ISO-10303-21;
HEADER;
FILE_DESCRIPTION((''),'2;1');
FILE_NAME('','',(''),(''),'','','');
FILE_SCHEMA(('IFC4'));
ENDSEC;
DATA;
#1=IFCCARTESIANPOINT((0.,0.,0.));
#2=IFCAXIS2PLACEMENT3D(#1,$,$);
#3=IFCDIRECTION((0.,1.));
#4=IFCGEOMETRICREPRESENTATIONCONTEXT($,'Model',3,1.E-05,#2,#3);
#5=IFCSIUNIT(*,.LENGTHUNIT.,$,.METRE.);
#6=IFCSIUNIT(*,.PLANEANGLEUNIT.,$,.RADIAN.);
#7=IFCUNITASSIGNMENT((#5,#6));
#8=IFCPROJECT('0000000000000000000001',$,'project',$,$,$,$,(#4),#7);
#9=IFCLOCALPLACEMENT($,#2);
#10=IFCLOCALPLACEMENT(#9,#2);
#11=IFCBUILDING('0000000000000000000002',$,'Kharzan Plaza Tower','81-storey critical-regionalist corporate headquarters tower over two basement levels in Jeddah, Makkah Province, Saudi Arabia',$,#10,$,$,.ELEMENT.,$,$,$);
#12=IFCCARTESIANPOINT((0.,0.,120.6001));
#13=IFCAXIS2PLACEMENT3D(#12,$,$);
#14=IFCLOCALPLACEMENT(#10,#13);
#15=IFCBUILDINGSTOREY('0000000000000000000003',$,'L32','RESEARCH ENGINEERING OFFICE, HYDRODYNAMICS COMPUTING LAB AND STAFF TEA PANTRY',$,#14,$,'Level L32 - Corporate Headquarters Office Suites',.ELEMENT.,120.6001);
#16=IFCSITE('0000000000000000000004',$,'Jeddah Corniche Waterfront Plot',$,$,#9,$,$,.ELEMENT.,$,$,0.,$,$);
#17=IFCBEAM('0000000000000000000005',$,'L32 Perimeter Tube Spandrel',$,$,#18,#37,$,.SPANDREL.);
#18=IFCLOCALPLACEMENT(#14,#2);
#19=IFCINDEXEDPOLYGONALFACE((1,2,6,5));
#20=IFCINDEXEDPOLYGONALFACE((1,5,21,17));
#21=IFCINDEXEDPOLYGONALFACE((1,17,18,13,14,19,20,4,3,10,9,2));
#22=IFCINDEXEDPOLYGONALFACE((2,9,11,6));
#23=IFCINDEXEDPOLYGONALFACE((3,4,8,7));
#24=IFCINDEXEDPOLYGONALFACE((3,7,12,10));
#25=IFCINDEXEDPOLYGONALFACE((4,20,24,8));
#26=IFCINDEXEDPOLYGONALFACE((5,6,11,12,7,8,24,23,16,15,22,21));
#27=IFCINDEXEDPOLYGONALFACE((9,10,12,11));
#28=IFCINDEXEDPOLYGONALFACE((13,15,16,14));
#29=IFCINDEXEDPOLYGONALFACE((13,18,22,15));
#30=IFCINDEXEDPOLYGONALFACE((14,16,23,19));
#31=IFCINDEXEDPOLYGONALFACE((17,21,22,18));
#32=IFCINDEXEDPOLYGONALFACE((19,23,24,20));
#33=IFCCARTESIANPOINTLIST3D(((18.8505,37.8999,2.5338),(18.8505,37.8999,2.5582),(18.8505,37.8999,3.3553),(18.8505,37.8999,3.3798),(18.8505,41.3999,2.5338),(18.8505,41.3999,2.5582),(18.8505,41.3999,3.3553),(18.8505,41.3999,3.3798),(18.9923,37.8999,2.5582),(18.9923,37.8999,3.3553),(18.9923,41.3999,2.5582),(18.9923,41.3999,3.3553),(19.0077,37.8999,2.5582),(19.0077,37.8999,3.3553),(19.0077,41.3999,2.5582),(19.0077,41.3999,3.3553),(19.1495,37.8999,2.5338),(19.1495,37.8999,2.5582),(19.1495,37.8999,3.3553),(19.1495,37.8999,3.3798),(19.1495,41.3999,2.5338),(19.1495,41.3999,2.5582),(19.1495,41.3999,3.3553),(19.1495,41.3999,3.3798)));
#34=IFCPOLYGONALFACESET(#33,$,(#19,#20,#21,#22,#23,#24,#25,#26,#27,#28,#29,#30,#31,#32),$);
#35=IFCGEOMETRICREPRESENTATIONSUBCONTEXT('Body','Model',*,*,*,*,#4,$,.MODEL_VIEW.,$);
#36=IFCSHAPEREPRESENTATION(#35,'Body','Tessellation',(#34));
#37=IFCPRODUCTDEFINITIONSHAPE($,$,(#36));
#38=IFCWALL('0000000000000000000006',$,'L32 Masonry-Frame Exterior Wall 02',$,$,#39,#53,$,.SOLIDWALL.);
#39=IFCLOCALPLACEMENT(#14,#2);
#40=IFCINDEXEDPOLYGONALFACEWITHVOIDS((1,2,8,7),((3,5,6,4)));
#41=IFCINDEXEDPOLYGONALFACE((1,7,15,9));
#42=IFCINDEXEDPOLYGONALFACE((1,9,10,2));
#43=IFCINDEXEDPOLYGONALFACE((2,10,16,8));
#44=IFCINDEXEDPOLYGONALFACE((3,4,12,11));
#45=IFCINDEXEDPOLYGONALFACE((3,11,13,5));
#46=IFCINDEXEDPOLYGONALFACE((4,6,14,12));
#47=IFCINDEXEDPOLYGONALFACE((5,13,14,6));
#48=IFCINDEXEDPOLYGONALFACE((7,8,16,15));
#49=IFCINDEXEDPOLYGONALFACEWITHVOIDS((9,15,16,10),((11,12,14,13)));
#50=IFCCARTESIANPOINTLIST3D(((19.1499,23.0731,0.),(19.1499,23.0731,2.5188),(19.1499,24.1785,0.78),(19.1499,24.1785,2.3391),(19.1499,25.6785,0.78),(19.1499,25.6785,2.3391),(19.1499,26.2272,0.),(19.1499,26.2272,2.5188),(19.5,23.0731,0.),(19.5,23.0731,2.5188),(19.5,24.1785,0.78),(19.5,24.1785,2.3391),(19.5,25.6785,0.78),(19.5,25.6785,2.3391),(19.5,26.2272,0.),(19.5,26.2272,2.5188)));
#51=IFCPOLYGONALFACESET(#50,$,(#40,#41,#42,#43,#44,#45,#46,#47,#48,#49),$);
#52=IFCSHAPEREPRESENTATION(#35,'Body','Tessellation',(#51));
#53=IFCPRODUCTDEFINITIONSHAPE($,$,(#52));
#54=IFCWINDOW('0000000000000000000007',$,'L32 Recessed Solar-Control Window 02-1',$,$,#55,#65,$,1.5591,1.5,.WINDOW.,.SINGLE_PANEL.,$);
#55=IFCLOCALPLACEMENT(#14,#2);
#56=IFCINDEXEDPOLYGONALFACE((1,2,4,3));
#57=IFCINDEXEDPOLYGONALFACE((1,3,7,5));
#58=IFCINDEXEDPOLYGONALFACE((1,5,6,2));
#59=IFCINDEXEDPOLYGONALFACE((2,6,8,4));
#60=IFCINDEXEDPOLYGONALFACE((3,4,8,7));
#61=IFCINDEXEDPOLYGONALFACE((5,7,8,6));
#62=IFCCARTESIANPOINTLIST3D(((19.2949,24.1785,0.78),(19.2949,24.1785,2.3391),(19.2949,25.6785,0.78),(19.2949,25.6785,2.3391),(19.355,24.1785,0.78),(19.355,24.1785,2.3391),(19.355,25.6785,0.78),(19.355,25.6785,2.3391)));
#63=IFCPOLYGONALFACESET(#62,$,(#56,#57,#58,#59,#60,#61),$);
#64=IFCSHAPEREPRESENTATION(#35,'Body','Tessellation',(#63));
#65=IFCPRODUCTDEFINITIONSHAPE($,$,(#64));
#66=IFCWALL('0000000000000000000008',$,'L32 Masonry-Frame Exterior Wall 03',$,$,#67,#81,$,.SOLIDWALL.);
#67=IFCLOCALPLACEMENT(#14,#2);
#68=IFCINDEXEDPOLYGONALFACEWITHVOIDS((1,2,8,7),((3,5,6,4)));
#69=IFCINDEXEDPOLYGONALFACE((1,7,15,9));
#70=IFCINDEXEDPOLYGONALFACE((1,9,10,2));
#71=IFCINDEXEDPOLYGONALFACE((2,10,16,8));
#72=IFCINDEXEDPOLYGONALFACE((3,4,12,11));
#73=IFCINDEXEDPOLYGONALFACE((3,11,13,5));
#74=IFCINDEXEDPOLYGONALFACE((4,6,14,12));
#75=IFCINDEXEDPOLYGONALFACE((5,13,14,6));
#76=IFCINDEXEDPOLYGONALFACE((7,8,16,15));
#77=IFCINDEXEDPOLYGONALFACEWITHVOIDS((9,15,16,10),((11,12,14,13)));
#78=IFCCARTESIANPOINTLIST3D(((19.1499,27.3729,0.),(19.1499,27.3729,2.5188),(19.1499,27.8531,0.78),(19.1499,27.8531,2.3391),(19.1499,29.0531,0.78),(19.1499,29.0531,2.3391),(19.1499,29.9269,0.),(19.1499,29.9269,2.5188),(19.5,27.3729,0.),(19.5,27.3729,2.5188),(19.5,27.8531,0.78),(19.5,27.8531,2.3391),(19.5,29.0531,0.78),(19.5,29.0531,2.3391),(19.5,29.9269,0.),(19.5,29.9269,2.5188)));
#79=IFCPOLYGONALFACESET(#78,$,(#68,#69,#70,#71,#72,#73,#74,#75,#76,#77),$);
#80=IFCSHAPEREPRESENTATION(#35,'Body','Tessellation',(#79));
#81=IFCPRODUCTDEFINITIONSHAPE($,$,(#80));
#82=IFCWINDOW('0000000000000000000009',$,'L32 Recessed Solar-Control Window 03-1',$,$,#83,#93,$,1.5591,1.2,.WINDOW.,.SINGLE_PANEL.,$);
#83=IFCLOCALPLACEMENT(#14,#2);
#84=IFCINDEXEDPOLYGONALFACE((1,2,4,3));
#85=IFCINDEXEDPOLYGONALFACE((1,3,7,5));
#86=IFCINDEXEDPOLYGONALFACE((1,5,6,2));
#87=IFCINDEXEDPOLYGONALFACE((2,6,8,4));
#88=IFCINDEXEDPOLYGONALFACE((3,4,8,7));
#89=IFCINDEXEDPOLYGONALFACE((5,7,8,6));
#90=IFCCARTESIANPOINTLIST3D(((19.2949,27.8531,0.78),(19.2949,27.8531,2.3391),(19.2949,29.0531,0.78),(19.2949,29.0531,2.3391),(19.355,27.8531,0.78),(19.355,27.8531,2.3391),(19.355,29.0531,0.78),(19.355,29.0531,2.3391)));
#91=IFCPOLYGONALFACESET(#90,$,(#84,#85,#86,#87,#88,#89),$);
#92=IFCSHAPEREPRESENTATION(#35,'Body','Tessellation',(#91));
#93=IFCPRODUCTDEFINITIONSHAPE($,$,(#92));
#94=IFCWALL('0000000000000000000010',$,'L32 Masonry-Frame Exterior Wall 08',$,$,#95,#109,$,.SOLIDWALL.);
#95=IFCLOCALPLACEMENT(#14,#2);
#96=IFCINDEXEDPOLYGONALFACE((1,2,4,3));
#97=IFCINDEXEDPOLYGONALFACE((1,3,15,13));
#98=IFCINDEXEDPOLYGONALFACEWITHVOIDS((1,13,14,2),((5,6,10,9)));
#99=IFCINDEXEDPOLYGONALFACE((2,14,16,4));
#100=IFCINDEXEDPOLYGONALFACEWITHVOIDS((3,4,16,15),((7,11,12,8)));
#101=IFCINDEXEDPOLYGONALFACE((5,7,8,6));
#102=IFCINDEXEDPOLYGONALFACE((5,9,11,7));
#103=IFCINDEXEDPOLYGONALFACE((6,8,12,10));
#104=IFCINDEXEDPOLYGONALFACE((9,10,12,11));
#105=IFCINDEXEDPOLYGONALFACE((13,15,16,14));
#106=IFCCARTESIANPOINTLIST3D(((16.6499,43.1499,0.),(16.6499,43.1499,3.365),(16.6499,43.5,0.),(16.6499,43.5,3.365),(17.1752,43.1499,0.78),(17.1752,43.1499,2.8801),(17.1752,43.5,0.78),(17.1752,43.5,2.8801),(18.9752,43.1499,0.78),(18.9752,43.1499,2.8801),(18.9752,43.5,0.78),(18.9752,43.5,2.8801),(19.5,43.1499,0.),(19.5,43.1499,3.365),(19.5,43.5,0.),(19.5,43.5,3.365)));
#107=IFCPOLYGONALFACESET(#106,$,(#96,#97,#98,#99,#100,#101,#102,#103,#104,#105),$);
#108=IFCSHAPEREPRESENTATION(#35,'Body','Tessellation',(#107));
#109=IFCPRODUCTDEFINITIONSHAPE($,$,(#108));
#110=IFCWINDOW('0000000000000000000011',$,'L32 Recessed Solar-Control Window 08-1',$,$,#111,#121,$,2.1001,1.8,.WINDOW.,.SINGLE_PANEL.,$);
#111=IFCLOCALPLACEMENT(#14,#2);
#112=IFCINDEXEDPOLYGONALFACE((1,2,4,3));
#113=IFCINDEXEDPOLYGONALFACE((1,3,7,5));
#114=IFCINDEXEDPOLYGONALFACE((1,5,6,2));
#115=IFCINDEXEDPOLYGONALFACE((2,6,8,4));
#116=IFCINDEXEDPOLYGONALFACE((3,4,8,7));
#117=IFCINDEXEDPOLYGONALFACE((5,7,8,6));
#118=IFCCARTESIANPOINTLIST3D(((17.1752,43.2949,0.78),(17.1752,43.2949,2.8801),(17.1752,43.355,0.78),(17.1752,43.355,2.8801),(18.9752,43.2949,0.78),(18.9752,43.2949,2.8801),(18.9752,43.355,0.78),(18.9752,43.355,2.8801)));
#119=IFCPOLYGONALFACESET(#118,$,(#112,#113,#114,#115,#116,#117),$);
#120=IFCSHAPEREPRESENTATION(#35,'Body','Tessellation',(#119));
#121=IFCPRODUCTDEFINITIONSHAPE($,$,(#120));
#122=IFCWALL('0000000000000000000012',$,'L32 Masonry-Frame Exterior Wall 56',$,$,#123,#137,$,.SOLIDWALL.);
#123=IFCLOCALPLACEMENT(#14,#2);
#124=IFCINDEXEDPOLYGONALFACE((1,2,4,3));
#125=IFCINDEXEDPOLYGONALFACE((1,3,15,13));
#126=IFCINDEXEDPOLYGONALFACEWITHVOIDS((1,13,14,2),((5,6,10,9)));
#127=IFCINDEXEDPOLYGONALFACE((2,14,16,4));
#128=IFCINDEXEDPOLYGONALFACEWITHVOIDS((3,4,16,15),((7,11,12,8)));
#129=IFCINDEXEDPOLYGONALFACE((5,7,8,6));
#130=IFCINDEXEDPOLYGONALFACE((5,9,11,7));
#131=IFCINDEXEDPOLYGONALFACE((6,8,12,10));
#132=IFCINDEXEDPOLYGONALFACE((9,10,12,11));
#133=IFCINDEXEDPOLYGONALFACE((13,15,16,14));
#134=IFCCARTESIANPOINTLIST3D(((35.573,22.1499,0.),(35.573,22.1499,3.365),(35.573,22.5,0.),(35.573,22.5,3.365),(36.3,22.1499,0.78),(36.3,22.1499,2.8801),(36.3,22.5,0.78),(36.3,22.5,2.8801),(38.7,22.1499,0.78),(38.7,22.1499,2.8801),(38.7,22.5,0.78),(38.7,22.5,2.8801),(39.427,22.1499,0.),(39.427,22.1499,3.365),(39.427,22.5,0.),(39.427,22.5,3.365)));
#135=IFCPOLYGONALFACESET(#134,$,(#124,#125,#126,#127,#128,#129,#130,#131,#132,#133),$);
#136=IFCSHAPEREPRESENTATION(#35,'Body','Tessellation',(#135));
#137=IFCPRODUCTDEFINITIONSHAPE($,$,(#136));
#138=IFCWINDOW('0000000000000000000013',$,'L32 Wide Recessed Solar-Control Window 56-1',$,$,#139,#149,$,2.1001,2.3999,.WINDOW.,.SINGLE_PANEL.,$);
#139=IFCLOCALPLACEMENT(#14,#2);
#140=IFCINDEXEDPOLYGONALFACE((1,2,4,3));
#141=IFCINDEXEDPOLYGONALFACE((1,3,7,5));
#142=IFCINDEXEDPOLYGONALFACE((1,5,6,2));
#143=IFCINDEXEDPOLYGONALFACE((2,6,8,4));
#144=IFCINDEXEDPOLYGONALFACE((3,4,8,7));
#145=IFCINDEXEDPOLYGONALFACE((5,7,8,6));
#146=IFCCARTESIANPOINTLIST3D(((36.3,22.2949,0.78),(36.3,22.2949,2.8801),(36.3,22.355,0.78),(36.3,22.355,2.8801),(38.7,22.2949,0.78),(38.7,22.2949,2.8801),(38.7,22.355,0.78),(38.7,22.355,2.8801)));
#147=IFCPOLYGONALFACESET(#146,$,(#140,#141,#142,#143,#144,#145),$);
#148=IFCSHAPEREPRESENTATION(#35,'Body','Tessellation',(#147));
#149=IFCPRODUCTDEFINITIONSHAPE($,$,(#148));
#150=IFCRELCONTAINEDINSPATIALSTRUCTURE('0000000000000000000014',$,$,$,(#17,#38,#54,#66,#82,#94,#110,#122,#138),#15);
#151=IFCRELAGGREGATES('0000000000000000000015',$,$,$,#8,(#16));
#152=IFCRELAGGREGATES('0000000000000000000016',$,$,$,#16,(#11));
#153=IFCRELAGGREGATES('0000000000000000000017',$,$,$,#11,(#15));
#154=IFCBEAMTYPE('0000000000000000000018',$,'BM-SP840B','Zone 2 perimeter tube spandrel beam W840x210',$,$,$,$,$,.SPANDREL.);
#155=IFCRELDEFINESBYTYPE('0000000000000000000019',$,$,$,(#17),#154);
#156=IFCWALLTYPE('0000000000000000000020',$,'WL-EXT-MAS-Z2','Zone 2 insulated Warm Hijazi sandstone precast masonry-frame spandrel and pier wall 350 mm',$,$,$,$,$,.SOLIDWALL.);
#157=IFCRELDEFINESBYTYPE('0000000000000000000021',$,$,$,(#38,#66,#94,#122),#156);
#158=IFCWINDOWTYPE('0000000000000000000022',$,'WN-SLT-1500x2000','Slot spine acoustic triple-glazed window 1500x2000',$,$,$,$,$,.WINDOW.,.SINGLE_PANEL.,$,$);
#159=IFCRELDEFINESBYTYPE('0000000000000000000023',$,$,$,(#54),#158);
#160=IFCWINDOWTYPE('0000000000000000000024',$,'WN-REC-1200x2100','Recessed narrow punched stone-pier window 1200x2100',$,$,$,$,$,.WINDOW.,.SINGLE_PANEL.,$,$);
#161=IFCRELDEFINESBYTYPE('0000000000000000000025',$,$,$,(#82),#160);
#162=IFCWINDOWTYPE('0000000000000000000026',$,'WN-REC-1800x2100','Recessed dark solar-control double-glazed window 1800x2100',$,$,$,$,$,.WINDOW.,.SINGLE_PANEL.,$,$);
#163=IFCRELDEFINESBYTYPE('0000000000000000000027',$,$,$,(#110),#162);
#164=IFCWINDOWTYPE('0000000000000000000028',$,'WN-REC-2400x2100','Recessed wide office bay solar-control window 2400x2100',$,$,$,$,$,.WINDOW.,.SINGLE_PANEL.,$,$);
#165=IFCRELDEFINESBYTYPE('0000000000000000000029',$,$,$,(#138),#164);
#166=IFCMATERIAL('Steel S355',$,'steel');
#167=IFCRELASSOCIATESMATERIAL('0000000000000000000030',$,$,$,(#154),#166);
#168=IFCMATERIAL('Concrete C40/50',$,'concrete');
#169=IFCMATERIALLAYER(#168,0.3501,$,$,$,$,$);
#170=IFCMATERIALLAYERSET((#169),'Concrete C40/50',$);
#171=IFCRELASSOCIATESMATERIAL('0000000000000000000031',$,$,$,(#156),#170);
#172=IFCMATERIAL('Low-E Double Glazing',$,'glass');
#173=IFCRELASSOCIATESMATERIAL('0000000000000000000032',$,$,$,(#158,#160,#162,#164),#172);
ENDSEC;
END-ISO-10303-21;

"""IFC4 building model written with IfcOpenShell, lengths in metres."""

from ifc_helpers import new_model, si_unit, direction, frame, frame_2d, origin, origin_2d, place, context, subcontext, project, spatial, rectangle, i_section, extrude, source, transform, mapped, material, layer, layer_set, material_profile, profile_set, type_object, element, fill, save


model = new_model("IFC4")

# Units and contexts
model_context = context("Model", 3, precision=1e-05, world=origin(), true_north=direction((0.0, 1.0)))
body_context = subcontext(model_context, "Body", "Model", "MODEL_VIEW")
ifc_project = project(units=[si_unit("LENGTHUNIT", "METRE"), si_unit("PLANEANGLEUNIT", "RADIAN")], contexts=[model_context])

# Site, building, storey
site_placement = place(None, origin())
site = spatial("IfcSite", under=ifc_project, at=site_placement, Name="Jeddah Corniche Waterfront Plot", CompositionType="ELEMENT", RefElevation=0.0)
building_placement = place(site_placement, origin())
building = spatial("IfcBuilding", under=site, at=building_placement, Name="Kharzan Plaza Tower", Description="81-storey critical-regionalist corporate headquarters tower over two basement levels in Jeddah, Makkah Province, Saudi Arabia", CompositionType="ELEMENT")
storey_placement = place(building_placement, frame((0.0, 0.0, 120.6001)))
storey = spatial("IfcBuildingStorey", under=building, at=storey_placement, Name="L32", Description="RESEARCH ENGINEERING OFFICE, HYDRODYNAMICS COMPUTING LAB AND STAFF TEA PANTRY", LongName="Level L32 - Corporate Headquarters Office Suites", CompositionType="ELEMENT", Elevation=120.6001)

# Beam
ifc_material_1 = material(Name="Steel S355", Category="steel")
ifc_material_profile_1 = material_profile(ifc_material_1, i_section(OverallWidth=0.2991, OverallDepth=0.8459, WebThickness=0.0154, FlangeThickness=0.0244, at=origin_2d()), Name="W840x210")
ifc_profile_set_1 = profile_set([ifc_material_profile_1], Name="Steel S355")
beam_type = type_object("IfcBeamType", Name="BM-SP840B", Description="Zone 2 perimeter tube spandrel beam W840x210", PredefinedType="SPANDREL", material=ifc_profile_set_1)
shared_shape_1 = source(origin(), body_context, "Body", "SweptSolid", [
    extrude(i_section(OverallWidth=0.2991, OverallDepth=0.8459, WebThickness=0.0154, FlangeThickness=0.0244, at=origin_2d()), origin(), (0.0, 0.0, 1.0), 3.5),
])
beam_1_placement = place(storey_placement, frame((19.0, 37.8999, 2.9568), z_axis=(0.0, 1.0, 0.0), x_axis=(-1.0, 0.0, 0.0)))
element("IfcBeam", 1, at=beam_1_placement, inside=storey, type_object=beam_type, Name="L32 Perimeter Tube Spandrel", PredefinedType="SPANDREL", context=body_context, shape_type="MappedRepresentation", body=[
    mapped(shared_shape_1, transform((0.0, 0.0, 0.0), x_axis=(1.0, 0.0, 0.0), y_axis=(0.0, 1.0, 0.0), z_axis=(0.0, 0.0, 1.0))),
])

# Walls, openings, windows
ifc_material_2 = material(Name="Concrete C40/50", Category="concrete")
ifc_layer_1 = layer(ifc_material_2, 0.3501)
ifc_layer_set_1 = layer_set([ifc_layer_1], Name="Concrete C40/50")
wall_type_1 = type_object("IfcWallType", Name="WL-EXT-MAS-Z2", Description="Zone 2 insulated Warm Hijazi sandstone precast masonry-frame spandrel and pier wall 350 mm", PredefinedType="SOLIDWALL", material=ifc_layer_set_1)
wall_1_placement = place(storey_placement, frame((19.325, 23.073, 0.0), z_axis=(0.0, 0.0, 1.0), x_axis=(0.0, 1.0, 0.0)))
wall_1 = element("IfcWall", 2, at=wall_1_placement, inside=storey, type_object=wall_type_1, Name="L32 Masonry-Frame Exterior Wall 02", PredefinedType="SOLIDWALL", context=body_context, shape_type="SweptSolid", body=[
    extrude(rectangle(XDim=3.1541, YDim=0.3501, at=frame_2d((1.5771, 0.0))), origin(), (0.0, 0.0, 1.0), 2.5188),
])
opening_1_placement = place(wall_1_placement, frame((1.1055, 0.0, 0.78)))
opening_1 = element("IfcOpeningElement", 3, at=opening_1_placement, cuts=wall_1, PredefinedType="OPENING", context=body_context, shape_type="SweptSolid", body=[
    extrude(rectangle(XDim=1.5, YDim=1.5591, at=frame_2d((0.75, 0.7795))), frame((0.0, 0.1851, 0.0), z_axis=(0.0, -1.0, 0.0), x_axis=(1.0, 0.0, 0.0)), (0.0, 0.0, 1.0), 0.3701),
])
ifc_material_3 = material(Name="Low-E Double Glazing", Category="glass")
window_type_1 = type_object("IfcWindowType", Name="WN-SLT-1500x2000", Description="Slot spine acoustic triple-glazed window 1500x2000", PartitioningType="SINGLE_PANEL", PredefinedType="WINDOW", material=ifc_material_3)
shared_shape_2 = source(origin(), body_context, "Body", "SweptSolid", [
    extrude(rectangle(XDim=1.5, YDim=1.5591, at=frame_2d((0.75, 0.7795))), frame((0.0, 0.03, 0.0), z_axis=(0.0, -1.0, 0.0), x_axis=(1.0, 0.0, 0.0)), (0.0, 0.0, 1.0), 0.0601),
])
window_1_placement = place(opening_1_placement, origin())
window_1 = element("IfcWindow", 4, at=window_1_placement, inside=storey, type_object=window_type_1, Name="L32 Recessed Solar-Control Window 02-1", OverallHeight=1.5591, OverallWidth=1.5, PartitioningType="SINGLE_PANEL", PredefinedType="WINDOW", context=body_context, shape_type="MappedRepresentation", body=[
    mapped(shared_shape_2, transform((0.0, 0.0, 0.0), x_axis=(1.0, 0.0, 0.0), y_axis=(0.0, 1.0, 0.0), z_axis=(0.0, 0.0, 1.0))),
])
fill(opening_1, window_1)
wall_2_placement = place(storey_placement, frame((19.325, 27.373, 0.0), z_axis=(0.0, 0.0, 1.0), x_axis=(0.0, 1.0, 0.0)))
wall_2 = element("IfcWall", 5, at=wall_2_placement, inside=storey, type_object=wall_type_1, Name="L32 Masonry-Frame Exterior Wall 03", PredefinedType="SOLIDWALL", context=body_context, shape_type="SweptSolid", body=[
    extrude(rectangle(XDim=2.554, YDim=0.3501, at=frame_2d((1.2769, 0.0))), origin(), (0.0, 0.0, 1.0), 2.5188),
])
opening_2_placement = place(wall_2_placement, frame((0.48, 0.0, 0.78)))
opening_2 = element("IfcOpeningElement", 6, at=opening_2_placement, cuts=wall_2, PredefinedType="OPENING", context=body_context, shape_type="SweptSolid", body=[
    extrude(rectangle(XDim=1.2, YDim=1.5591, at=frame_2d((0.6001, 0.7795))), frame((0.0, 0.1851, 0.0), z_axis=(0.0, -1.0, 0.0), x_axis=(1.0, 0.0, 0.0)), (0.0, 0.0, 1.0), 0.3701),
])
window_type_2 = type_object("IfcWindowType", Name="WN-REC-1200x2100", Description="Recessed narrow punched stone-pier window 1200x2100", PartitioningType="SINGLE_PANEL", PredefinedType="WINDOW", material=ifc_material_3)
shared_shape_3 = source(origin(), body_context, "Body", "SweptSolid", [
    extrude(rectangle(XDim=1.2, YDim=1.5591, at=frame_2d((0.6001, 0.7795))), frame((0.0, 0.03, 0.0), z_axis=(0.0, -1.0, 0.0), x_axis=(1.0, 0.0, 0.0)), (0.0, 0.0, 1.0), 0.0601),
])
window_2_placement = place(opening_2_placement, origin())
window_2 = element("IfcWindow", 7, at=window_2_placement, inside=storey, type_object=window_type_2, Name="L32 Recessed Solar-Control Window 03-1", OverallHeight=1.5591, OverallWidth=1.2, PartitioningType="SINGLE_PANEL", PredefinedType="WINDOW", context=body_context, shape_type="MappedRepresentation", body=[
    mapped(shared_shape_3, transform((0.0, 0.0, 0.0), x_axis=(1.0, 0.0, 0.0), y_axis=(0.0, 1.0, 0.0), z_axis=(0.0, 0.0, 1.0))),
])
fill(opening_2, window_2)
wall_3_placement = place(storey_placement, frame((19.5, 43.325, 0.0), z_axis=(0.0, 0.0, 1.0), x_axis=(-1.0, 0.0, 0.0)))
wall_3 = element("IfcWall", 8, at=wall_3_placement, inside=storey, type_object=wall_type_1, Name="L32 Masonry-Frame Exterior Wall 08", PredefinedType="SOLIDWALL", context=body_context, shape_type="SweptSolid", body=[
    extrude(rectangle(XDim=2.8501, YDim=0.3501, at=frame_2d((1.425, 0.0))), origin(), (0.0, 0.0, 1.0), 3.365),
])
opening_3_placement = place(wall_3_placement, frame((0.5249, 0.0, 0.78)))
opening_3 = element("IfcOpeningElement", 9, at=opening_3_placement, cuts=wall_3, PredefinedType="OPENING", context=body_context, shape_type="SweptSolid", body=[
    extrude(rectangle(XDim=1.8, YDim=2.1001, at=frame_2d((0.8999, 1.05))), frame((0.0, 0.1851, 0.0), z_axis=(0.0, -1.0, 0.0), x_axis=(1.0, 0.0, 0.0)), (0.0, 0.0, 1.0), 0.3701),
])
window_type_3 = type_object("IfcWindowType", Name="WN-REC-1800x2100", Description="Recessed dark solar-control double-glazed window 1800x2100", PartitioningType="SINGLE_PANEL", PredefinedType="WINDOW", material=ifc_material_3)
shared_shape_4 = source(origin(), body_context, "Body", "SweptSolid", [
    extrude(rectangle(XDim=1.8, YDim=2.1001, at=frame_2d((0.8999, 1.05))), frame((0.0, 0.03, 0.0), z_axis=(0.0, -1.0, 0.0), x_axis=(1.0, 0.0, 0.0)), (0.0, 0.0, 1.0), 0.0601),
])
window_3_placement = place(opening_3_placement, origin())
window_3 = element("IfcWindow", 10, at=window_3_placement, inside=storey, type_object=window_type_3, Name="L32 Recessed Solar-Control Window 08-1", OverallHeight=2.1001, OverallWidth=1.8, PartitioningType="SINGLE_PANEL", PredefinedType="WINDOW", context=body_context, shape_type="MappedRepresentation", body=[
    mapped(shared_shape_4, transform((0.0, 0.0, 0.0), x_axis=(1.0, 0.0, 0.0), y_axis=(0.0, 1.0, 0.0), z_axis=(0.0, 0.0, 1.0))),
])
fill(opening_3, window_3)
wall_4_placement = place(storey_placement, frame((39.427, 22.325, 0.0), z_axis=(0.0, 0.0, 1.0), x_axis=(-1.0, 0.0, 0.0)))
wall_4 = element("IfcWall", 11, at=wall_4_placement, inside=storey, type_object=wall_type_1, Name="L32 Masonry-Frame Exterior Wall 56", PredefinedType="SOLIDWALL", context=body_context, shape_type="SweptSolid", body=[
    extrude(rectangle(XDim=3.854, YDim=0.3501, at=frame_2d((1.927, 0.0))), origin(), (0.0, 0.0, 1.0), 3.365),
])
opening_4_placement = place(wall_4_placement, frame((0.7271, 0.0, 0.78)))
opening_4 = element("IfcOpeningElement", 12, at=opening_4_placement, cuts=wall_4, PredefinedType="OPENING", context=body_context, shape_type="SweptSolid", body=[
    extrude(rectangle(XDim=2.3999, YDim=2.1001, at=frame_2d((1.2, 1.05))), frame((0.0, 0.1851, 0.0), z_axis=(0.0, -1.0, 0.0), x_axis=(1.0, 0.0, 0.0)), (0.0, 0.0, 1.0), 0.3701),
])
window_type_4 = type_object("IfcWindowType", Name="WN-REC-2400x2100", Description="Recessed wide office bay solar-control window 2400x2100", PartitioningType="SINGLE_PANEL", PredefinedType="WINDOW", material=ifc_material_3)
shared_shape_5 = source(origin(), body_context, "Body", "SweptSolid", [
    extrude(rectangle(XDim=2.3999, YDim=2.1001, at=frame_2d((1.2, 1.05))), frame((0.0, 0.03, 0.0), z_axis=(0.0, -1.0, 0.0), x_axis=(1.0, 0.0, 0.0)), (0.0, 0.0, 1.0), 0.0601),
])
window_4_placement = place(opening_4_placement, origin())
window_4 = element("IfcWindow", 13, at=window_4_placement, inside=storey, type_object=window_type_4, Name="L32 Wide Recessed Solar-Control Window 56-1", OverallHeight=2.1001, OverallWidth=2.3999, PartitioningType="SINGLE_PANEL", PredefinedType="WINDOW", context=body_context, shape_type="MappedRepresentation", body=[
    mapped(shared_shape_5, transform((0.0, 0.0, 0.0), x_axis=(1.0, 0.0, 0.0), y_axis=(0.0, 1.0, 0.0), z_axis=(0.0, 0.0, 1.0))),
])
fill(opening_4, window_4)

save(model, "model.ifc")
